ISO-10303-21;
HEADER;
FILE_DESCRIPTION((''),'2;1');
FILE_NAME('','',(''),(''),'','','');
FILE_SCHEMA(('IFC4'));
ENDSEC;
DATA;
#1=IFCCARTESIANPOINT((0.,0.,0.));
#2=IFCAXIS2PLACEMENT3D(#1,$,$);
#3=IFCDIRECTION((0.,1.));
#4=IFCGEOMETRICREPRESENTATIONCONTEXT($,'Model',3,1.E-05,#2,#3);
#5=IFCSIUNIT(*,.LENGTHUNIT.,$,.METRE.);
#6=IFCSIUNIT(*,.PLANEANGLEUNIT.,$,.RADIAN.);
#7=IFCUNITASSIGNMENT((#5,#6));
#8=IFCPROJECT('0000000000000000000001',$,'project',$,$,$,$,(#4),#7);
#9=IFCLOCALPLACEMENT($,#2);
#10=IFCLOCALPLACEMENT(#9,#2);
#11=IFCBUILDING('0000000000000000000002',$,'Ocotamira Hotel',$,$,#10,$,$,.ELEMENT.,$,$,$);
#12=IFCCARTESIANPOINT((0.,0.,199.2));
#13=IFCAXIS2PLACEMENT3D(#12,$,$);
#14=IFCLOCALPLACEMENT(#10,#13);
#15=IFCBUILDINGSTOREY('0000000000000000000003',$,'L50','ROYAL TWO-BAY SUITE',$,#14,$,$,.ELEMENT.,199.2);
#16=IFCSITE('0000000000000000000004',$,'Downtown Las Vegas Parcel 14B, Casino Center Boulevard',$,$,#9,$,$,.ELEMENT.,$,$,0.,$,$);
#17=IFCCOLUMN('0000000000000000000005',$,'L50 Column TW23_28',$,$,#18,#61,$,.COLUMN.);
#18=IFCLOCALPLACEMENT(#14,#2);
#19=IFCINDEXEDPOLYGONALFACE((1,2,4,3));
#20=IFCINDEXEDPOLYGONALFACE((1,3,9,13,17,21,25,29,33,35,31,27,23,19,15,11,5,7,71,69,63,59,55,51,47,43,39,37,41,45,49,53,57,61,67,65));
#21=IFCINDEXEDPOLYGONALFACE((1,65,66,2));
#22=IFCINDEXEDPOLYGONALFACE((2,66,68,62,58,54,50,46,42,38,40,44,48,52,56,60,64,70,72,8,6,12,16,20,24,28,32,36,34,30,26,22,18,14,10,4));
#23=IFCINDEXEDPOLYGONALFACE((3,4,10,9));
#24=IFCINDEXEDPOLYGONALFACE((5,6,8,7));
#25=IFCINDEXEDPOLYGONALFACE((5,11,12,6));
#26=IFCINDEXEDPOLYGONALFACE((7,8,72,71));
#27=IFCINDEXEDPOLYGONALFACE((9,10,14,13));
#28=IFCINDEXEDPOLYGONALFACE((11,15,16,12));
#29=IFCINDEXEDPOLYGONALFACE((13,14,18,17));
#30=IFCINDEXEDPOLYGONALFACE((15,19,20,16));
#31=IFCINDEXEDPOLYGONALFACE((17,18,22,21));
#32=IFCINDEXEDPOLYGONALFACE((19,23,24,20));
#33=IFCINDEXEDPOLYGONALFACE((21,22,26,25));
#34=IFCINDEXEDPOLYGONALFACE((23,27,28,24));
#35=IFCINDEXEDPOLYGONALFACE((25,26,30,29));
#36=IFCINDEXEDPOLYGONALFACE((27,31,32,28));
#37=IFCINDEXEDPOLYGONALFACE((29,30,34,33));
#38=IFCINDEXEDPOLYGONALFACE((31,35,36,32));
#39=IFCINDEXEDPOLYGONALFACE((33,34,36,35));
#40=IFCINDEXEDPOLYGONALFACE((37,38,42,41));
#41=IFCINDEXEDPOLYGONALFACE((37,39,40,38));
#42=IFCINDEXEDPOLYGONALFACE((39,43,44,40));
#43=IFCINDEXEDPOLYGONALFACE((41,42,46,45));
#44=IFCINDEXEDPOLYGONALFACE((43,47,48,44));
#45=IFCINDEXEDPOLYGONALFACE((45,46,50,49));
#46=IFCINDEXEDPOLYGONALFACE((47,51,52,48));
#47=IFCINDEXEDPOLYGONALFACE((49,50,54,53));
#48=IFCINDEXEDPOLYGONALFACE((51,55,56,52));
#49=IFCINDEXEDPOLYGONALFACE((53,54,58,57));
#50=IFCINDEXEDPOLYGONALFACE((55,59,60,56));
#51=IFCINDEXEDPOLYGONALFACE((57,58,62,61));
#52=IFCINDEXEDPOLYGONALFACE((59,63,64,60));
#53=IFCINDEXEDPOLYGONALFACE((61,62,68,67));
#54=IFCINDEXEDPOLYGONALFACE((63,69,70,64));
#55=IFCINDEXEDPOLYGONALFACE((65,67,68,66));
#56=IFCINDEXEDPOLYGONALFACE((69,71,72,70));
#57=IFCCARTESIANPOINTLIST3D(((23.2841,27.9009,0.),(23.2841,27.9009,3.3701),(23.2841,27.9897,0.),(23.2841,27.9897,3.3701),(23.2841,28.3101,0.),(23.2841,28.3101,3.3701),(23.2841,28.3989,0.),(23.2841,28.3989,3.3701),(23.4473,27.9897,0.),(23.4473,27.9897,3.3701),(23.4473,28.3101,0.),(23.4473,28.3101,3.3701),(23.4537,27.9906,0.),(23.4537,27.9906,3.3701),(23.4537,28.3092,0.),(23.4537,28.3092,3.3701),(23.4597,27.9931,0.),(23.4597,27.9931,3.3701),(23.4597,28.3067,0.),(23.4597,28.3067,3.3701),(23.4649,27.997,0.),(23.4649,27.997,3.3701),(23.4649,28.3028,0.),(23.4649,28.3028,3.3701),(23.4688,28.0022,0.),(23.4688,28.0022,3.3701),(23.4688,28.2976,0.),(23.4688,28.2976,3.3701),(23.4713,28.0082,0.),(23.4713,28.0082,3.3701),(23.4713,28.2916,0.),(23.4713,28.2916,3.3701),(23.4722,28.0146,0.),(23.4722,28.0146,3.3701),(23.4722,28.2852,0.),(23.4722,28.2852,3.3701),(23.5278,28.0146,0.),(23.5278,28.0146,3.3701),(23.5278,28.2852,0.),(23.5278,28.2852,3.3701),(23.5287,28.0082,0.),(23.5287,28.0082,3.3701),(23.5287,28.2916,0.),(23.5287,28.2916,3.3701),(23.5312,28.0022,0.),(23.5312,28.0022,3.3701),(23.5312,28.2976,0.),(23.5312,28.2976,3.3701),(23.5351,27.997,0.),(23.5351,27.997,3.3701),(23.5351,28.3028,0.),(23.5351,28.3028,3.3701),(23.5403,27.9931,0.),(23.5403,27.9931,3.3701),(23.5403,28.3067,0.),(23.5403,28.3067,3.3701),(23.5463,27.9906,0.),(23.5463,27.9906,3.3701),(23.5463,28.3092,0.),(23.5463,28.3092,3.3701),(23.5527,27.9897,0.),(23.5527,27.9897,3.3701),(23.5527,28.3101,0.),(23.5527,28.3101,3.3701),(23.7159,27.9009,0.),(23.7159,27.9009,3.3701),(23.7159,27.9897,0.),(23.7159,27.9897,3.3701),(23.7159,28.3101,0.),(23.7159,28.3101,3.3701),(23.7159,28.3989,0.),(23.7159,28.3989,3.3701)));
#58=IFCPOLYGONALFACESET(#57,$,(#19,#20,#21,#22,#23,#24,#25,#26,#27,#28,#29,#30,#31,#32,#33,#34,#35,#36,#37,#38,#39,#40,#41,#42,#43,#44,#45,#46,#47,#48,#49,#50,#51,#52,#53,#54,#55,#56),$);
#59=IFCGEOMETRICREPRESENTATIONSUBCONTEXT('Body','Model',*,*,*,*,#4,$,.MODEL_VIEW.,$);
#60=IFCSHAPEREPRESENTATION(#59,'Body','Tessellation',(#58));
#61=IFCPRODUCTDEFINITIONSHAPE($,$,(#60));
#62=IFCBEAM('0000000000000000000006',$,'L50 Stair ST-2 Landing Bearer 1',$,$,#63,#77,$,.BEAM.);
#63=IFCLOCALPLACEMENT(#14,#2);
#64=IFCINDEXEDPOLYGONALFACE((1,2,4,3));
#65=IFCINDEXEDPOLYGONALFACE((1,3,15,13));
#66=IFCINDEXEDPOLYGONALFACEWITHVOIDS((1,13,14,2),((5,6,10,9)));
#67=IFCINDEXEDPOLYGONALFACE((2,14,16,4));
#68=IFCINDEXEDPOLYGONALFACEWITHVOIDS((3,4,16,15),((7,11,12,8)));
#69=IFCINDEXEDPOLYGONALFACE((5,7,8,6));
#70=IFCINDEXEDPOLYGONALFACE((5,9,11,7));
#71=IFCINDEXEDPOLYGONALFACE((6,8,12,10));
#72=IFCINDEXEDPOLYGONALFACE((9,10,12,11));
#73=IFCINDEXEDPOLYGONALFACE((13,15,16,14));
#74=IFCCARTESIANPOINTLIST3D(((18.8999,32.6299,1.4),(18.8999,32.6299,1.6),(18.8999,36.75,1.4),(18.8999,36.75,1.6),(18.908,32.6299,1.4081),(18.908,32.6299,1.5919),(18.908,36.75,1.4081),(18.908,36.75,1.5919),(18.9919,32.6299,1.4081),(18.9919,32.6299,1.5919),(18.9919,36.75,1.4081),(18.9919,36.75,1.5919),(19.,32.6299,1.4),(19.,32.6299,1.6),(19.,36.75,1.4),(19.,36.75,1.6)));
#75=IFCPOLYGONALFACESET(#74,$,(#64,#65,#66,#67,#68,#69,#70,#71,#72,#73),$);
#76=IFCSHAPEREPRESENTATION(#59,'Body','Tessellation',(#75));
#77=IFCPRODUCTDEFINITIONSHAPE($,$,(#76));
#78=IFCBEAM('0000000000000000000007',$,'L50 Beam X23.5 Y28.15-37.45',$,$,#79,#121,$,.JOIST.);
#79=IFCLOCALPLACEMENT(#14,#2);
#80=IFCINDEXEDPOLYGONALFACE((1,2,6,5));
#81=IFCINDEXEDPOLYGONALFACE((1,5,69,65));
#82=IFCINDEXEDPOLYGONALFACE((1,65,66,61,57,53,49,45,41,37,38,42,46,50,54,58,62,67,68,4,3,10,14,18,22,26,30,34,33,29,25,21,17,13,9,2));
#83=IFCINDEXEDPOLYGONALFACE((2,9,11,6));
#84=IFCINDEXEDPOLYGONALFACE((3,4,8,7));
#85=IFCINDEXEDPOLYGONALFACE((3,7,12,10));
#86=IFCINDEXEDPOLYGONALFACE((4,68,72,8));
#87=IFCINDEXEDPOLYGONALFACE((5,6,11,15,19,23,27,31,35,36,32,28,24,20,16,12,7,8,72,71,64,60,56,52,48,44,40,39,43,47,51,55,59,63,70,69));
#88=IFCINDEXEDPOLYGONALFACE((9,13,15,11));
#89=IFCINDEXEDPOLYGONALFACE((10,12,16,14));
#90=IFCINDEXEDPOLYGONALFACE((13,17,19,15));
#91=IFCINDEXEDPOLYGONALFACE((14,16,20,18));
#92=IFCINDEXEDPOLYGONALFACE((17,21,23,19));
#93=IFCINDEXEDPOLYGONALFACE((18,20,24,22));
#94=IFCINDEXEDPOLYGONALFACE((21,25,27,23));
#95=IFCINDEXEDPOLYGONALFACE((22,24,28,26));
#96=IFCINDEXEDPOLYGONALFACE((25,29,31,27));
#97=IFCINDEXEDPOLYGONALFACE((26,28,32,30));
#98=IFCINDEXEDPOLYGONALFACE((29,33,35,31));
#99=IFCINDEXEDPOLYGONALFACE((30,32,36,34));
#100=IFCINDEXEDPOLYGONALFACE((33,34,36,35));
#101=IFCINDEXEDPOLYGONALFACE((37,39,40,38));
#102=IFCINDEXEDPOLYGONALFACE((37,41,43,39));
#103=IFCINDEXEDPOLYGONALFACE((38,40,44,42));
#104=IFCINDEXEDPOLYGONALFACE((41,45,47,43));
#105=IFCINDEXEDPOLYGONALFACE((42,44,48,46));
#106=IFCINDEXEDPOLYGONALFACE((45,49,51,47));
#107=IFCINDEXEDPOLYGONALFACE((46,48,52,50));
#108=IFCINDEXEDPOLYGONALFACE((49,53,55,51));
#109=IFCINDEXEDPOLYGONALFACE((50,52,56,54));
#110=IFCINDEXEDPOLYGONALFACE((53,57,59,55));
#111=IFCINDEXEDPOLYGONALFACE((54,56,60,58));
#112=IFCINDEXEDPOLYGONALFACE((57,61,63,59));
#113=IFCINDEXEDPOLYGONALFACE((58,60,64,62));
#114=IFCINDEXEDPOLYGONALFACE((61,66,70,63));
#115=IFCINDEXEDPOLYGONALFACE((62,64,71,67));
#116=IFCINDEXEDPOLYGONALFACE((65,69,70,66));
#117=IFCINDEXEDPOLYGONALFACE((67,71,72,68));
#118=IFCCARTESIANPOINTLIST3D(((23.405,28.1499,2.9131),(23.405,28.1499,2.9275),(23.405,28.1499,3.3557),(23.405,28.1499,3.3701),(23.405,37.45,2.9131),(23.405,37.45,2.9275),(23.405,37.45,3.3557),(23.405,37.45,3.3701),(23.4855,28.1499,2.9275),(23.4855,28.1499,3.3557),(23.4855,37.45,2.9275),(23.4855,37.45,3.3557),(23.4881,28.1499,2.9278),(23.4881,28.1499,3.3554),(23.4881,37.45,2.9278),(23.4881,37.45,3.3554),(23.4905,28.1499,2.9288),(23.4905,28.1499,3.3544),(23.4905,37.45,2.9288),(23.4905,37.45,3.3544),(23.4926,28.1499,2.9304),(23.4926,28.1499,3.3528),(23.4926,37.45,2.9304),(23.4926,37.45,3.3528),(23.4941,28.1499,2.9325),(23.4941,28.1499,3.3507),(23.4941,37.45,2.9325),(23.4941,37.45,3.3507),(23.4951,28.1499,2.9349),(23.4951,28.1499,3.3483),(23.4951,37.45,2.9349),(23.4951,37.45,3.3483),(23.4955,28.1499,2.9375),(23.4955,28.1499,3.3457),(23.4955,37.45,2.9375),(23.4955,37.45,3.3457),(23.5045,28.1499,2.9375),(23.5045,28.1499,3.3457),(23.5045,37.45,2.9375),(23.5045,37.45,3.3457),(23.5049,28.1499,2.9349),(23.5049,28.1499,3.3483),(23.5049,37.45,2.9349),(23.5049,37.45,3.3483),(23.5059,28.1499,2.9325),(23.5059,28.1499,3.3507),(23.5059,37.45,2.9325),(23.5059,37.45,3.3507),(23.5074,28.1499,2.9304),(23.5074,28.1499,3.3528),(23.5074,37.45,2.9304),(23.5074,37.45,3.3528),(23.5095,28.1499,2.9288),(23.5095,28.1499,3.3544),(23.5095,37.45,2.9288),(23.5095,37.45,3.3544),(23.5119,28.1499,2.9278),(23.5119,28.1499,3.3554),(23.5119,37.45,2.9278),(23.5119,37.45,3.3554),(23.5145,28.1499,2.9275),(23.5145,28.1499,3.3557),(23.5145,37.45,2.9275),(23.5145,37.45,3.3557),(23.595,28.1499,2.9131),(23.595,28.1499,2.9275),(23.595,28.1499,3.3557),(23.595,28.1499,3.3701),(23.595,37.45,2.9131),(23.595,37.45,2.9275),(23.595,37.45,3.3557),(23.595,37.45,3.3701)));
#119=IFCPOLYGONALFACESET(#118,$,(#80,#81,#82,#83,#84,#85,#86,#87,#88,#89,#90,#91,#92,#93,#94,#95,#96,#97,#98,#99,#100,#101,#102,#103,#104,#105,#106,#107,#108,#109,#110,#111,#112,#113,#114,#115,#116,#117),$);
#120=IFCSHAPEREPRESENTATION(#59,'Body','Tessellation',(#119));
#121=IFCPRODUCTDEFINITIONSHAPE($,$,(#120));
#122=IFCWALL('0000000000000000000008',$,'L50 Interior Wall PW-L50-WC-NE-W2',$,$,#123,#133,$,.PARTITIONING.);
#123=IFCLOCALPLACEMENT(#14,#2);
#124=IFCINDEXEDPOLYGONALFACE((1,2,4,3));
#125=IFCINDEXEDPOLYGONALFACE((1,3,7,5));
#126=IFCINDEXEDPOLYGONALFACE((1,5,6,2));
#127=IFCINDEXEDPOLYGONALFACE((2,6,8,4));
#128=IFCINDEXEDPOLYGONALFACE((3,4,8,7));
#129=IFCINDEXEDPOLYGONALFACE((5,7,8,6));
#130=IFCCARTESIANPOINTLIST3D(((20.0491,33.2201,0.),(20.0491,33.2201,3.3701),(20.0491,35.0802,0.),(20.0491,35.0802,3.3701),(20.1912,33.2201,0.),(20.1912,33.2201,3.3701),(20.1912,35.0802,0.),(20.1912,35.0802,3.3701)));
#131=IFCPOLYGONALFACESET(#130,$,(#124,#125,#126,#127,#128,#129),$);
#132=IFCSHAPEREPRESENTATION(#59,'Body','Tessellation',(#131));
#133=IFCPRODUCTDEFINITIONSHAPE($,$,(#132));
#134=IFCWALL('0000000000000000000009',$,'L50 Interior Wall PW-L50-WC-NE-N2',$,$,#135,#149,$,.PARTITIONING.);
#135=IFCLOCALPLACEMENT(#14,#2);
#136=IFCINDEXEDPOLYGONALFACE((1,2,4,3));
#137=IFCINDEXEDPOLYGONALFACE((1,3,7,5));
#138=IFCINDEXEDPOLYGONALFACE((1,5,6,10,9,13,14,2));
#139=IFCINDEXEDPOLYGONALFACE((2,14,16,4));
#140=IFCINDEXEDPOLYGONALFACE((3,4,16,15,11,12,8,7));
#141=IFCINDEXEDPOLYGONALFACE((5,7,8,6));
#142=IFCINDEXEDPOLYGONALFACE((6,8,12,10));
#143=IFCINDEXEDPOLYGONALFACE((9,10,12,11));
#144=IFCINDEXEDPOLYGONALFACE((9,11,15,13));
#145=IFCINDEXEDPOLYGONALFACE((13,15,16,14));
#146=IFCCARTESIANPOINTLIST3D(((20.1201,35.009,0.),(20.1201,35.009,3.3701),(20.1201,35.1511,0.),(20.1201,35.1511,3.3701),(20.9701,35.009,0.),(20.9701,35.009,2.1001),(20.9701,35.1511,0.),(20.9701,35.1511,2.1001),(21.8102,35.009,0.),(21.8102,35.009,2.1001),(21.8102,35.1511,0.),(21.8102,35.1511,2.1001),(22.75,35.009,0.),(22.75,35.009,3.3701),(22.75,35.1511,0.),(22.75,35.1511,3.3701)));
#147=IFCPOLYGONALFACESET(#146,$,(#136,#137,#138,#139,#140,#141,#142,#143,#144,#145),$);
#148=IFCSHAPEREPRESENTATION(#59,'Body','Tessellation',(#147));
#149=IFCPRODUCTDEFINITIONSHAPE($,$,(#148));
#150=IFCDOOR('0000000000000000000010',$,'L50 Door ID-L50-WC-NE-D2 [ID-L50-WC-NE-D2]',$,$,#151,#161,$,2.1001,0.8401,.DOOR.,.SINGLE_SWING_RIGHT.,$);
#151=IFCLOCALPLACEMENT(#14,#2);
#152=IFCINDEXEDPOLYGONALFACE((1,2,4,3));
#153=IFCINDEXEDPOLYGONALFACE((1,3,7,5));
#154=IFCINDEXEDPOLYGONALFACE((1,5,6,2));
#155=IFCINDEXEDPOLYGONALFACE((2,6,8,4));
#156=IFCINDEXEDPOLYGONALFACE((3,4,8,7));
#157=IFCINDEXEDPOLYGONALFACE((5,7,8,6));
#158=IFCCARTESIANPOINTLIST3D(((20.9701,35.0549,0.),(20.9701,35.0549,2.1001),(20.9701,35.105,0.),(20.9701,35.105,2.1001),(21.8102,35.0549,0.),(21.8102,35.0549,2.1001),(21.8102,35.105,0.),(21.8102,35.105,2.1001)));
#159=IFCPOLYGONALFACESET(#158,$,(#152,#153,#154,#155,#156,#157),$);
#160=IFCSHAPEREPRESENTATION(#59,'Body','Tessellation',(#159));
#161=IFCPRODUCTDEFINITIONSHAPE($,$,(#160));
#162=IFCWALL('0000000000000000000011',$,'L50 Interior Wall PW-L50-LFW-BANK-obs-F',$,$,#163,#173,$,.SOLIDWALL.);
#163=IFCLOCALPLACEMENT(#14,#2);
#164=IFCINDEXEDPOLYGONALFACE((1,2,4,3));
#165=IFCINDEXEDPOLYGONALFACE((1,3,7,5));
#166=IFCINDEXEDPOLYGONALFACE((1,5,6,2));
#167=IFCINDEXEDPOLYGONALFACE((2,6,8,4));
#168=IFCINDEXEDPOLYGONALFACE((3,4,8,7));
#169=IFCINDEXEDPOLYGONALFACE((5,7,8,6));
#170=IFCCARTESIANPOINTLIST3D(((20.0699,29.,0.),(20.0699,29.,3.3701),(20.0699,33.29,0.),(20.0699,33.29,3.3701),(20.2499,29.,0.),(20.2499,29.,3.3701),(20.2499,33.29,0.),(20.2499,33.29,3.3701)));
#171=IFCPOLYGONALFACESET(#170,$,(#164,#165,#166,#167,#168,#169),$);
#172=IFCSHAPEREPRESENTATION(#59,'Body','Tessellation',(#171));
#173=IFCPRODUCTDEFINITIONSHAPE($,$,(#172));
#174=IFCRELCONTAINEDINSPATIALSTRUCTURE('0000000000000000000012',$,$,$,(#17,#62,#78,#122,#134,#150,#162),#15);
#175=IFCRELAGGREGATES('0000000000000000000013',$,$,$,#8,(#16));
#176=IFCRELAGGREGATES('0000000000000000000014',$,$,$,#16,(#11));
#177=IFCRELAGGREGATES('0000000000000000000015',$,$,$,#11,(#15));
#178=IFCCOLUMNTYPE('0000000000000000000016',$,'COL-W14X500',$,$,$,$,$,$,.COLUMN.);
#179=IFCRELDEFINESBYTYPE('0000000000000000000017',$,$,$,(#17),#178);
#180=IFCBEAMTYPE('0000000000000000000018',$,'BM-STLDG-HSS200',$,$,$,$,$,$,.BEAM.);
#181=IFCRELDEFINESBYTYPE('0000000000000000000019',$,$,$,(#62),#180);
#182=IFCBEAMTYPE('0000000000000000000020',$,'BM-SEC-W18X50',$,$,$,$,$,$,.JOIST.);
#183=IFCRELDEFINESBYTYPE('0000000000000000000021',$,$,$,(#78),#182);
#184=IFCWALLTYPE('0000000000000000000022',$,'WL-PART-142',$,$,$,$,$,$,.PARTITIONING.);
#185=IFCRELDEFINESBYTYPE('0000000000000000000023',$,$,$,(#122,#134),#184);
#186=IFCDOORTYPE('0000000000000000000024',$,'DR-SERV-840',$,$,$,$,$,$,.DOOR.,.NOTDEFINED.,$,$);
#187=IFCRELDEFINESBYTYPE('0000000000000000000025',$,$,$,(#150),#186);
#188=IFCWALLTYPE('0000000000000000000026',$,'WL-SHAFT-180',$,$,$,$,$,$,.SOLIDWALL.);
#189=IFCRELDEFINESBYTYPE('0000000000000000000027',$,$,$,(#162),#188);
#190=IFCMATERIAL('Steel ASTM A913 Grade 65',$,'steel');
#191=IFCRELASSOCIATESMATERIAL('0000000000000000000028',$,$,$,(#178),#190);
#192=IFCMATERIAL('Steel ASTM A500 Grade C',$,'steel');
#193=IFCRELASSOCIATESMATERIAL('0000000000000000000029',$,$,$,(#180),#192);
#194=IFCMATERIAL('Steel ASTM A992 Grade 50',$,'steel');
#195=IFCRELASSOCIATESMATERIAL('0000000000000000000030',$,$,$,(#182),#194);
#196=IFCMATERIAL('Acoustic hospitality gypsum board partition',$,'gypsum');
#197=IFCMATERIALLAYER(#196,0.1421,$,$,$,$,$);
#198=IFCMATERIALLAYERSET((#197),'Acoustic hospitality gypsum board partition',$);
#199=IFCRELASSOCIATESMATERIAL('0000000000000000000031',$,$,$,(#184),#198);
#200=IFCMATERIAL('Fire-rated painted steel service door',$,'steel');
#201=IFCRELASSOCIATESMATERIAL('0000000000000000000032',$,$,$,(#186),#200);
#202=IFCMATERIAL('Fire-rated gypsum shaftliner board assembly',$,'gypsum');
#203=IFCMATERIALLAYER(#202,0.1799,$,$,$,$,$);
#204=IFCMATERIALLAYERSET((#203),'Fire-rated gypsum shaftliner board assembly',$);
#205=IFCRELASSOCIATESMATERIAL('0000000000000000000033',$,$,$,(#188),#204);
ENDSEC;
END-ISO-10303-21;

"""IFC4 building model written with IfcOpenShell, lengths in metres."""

from ifc_helpers import new_model, si_unit, direction, frame, frame_2d, origin, origin_2d, place, context, subcontext, project, spatial, rectangle, hollow_rectangle, i_section, extrude, source, transform, mapped, material, layer, layer_set, material_profile, profile_set, type_object, element, fill, save


model = new_model("IFC4")

# Units and contexts
model_context = context("Model", 3, precision=1e-05, world=origin(), true_north=direction((0.0, 1.0)))
body_context = subcontext(model_context, "Body", "Model", "MODEL_VIEW")
ifc_project = project(units=[si_unit("LENGTHUNIT", "METRE"), si_unit("PLANEANGLEUNIT", "RADIAN")], contexts=[model_context])

# Site, building, storey
site_placement = place(None, origin())
site = spatial("IfcSite", under=ifc_project, at=site_placement, Name="Downtown Las Vegas Parcel 14B, Casino Center Boulevard", CompositionType="ELEMENT", RefElevation=0.0)
building_placement = place(site_placement, origin())
building = spatial("IfcBuilding", under=site, at=building_placement, Name="Ocotamira Hotel", CompositionType="ELEMENT")
storey_placement = place(building_placement, frame((0.0, 0.0, 199.2)))
storey = spatial("IfcBuildingStorey", under=building, at=storey_placement, Name="L50", Description="ROYAL TWO-BAY SUITE", CompositionType="ELEMENT", Elevation=199.2)

# Column
ifc_material_1 = material(Name="Steel ASTM A913 Grade 65", Category="steel")
ifc_material_profile_1 = material_profile(ifc_material_1, i_section(OverallWidth=0.4319, OverallDepth=0.498, WebThickness=0.0557, FlangeThickness=0.0889, FilletRadius=0.0249, at=origin_2d()), Name="W14X500")
ifc_profile_set_1 = profile_set([ifc_material_profile_1], Name="Steel ASTM A913 Grade 65")
column_type = type_object("IfcColumnType", Name="COL-W14X500", PredefinedType="COLUMN", material=ifc_profile_set_1)
shared_shape_1 = source(origin(), body_context, "Body", "SweptSolid", [
    extrude(i_section(OverallWidth=0.4319, OverallDepth=0.498, WebThickness=0.0557, FlangeThickness=0.0889, FilletRadius=0.0249, at=origin_2d()), origin(), (0.0, 0.0, 1.0), 3.3701),
])
column_placement = place(storey_placement, frame((23.5, 28.1499, 0.0), z_axis=(0.0, 0.0, 1.0), x_axis=(1.0, 0.0, 0.0)))
element("IfcColumn", 1, at=column_placement, inside=storey, type_object=column_type, Name="L50 Column TW23_28", PredefinedType="COLUMN", context=body_context, shape_type="MappedRepresentation", body=[
    mapped(shared_shape_1, transform((0.0, 0.0, 0.0), scale=1.0)),
])

# Beams
ifc_material_2 = material(Name="Steel ASTM A500 Grade C", Category="steel")
ifc_material_profile_2 = material_profile(ifc_material_2, hollow_rectangle(XDim=0.1001, YDim=0.2, WallThickness=0.0081, at=origin_2d()), Name="HSS200X100X8")
ifc_profile_set_2 = profile_set([ifc_material_profile_2], Name="Steel ASTM A500 Grade C")
beam_type_1 = type_object("IfcBeamType", Name="BM-STLDG-HSS200", PredefinedType="BEAM", material=ifc_profile_set_2)
shared_shape_2 = source(origin(), body_context, "Body", "SweptSolid", [
    extrude(hollow_rectangle(XDim=0.1001, YDim=0.2, WallThickness=0.0081, at=origin_2d()), origin(), (0.0, 0.0, 1.0), 4.1201),
])
beam_1_placement = place(storey_placement, frame((18.95, 32.6299, 1.5), z_axis=(0.0, 1.0, 0.0), x_axis=(-1.0, 0.0, 0.0)))
element("IfcBeam", 2, at=beam_1_placement, inside=storey, type_object=beam_type_1, Name="L50 Stair ST-2 Landing Bearer 1", PredefinedType="BEAM", context=body_context, shape_type="MappedRepresentation", body=[
    mapped(shared_shape_2, transform((0.0, 0.0, 0.0), scale=1.0)),
])
ifc_material_3 = material(Name="Steel ASTM A992 Grade 50", Category="steel")
ifc_material_profile_3 = material_profile(ifc_material_3, i_section(OverallWidth=0.1899, OverallDepth=0.457, WebThickness=0.009, FlangeThickness=0.0144, FilletRadius=0.01, at=origin_2d()), Name="W18X50")
ifc_profile_set_3 = profile_set([ifc_material_profile_3], Name="Steel ASTM A992 Grade 50")
beam_type_2 = type_object("IfcBeamType", Name="BM-SEC-W18X50", PredefinedType="JOIST", material=ifc_profile_set_3)
shared_shape_3 = source(origin(), body_context, "Body", "SweptSolid", [
    extrude(i_section(OverallWidth=0.1899, OverallDepth=0.457, WebThickness=0.009, FlangeThickness=0.0144, FilletRadius=0.01, at=origin_2d()), origin(), (0.0, 0.0, 1.0), 9.3),
])
beam_2_placement = place(storey_placement, frame((23.5, 28.1499, 3.1416), z_axis=(0.0, 1.0, 0.0), x_axis=(-1.0, 0.0, 0.0)))
element("IfcBeam", 3, at=beam_2_placement, inside=storey, type_object=beam_type_2, Name="L50 Beam X23.5 Y28.15-37.45", PredefinedType="JOIST", context=body_context, shape_type="MappedRepresentation", body=[
    mapped(shared_shape_3, transform((0.0, 0.0, 0.0), scale=1.0)),
])

# Wall
ifc_material_4 = material(Name="Acoustic hospitality gypsum board partition", Category="gypsum")
ifc_layer_1 = layer(ifc_material_4, 0.1421)
ifc_layer_set_1 = layer_set([ifc_layer_1], Name="Acoustic hospitality gypsum board partition")
wall_type_1 = type_object("IfcWallType", Name="WL-PART-142", PredefinedType="PARTITIONING", material=ifc_layer_set_1)
wall_1_placement = place(storey_placement, frame((20.1201, 33.22, 0.0), z_axis=(0.0, 0.0, 1.0), x_axis=(0.0, 1.0, 0.0)))
element("IfcWall", 4, at=wall_1_placement, inside=storey, type_object=wall_type_1, Name="L50 Interior Wall PW-L50-WC-NE-W2", PredefinedType="PARTITIONING", context=body_context, shape_type="SweptSolid", body=[
    extrude(rectangle(XDim=1.8601, YDim=0.1421, at=frame_2d((0.9302, 0.0))), origin(), (0.0, 0.0, 1.0), 3.3701),
])

# Wall, opening, door
wall_2_placement = place(storey_placement, frame((20.1201, 35.0801, 0.0), z_axis=(0.0, 0.0, 1.0), x_axis=(1.0, 0.0, 0.0)))
wall_2 = element("IfcWall", 5, at=wall_2_placement, inside=storey, type_object=wall_type_1, Name="L50 Interior Wall PW-L50-WC-NE-N2", PredefinedType="PARTITIONING", context=body_context, shape_type="SweptSolid", body=[
    extrude(rectangle(XDim=2.6299, YDim=0.1421, at=frame_2d((1.3149, 0.0))), origin(), (0.0, 0.0, 1.0), 3.3701),
])
opening_1_placement = place(wall_2_placement, frame((0.8501, 0.0, 0.0)))
opening_1 = element("IfcOpeningElement", 6, at=opening_1_placement, cuts=wall_2, PredefinedType="OPENING", context=body_context, shape_type="SweptSolid", body=[
    extrude(rectangle(XDim=0.8401, YDim=2.1001, at=frame_2d((0.4199, 1.05))), frame((0.0, 0.0811, 0.0), z_axis=(0.0, -1.0, 0.0), x_axis=(1.0, 0.0, 0.0)), (0.0, 0.0, 1.0), 0.1621),
])
ifc_material_5 = material(Name="Fire-rated painted steel service door", Category="steel")
door_type_1 = type_object("IfcDoorType", Name="DR-SERV-840", OperationType="NOTDEFINED", PredefinedType="DOOR", material=ifc_material_5)
shared_shape_4 = source(origin(), body_context, "Body", "SweptSolid", [
    extrude(rectangle(XDim=0.8401, YDim=2.1001, at=frame_2d((0.4199, 1.05))), frame((0.0, 0.0249, 0.0), z_axis=(0.0, -1.0, 0.0), x_axis=(1.0, 0.0, 0.0)), (0.0, 0.0, 1.0), 0.05),
])
door_1_placement = place(opening_1_placement, origin())
door_1 = element("IfcDoor", 7, at=door_1_placement, inside=storey, type_object=door_type_1, Name="L50 Door ID-L50-WC-NE-D2 [ID-L50-WC-NE-D2]", OperationType="SINGLE_SWING_RIGHT", OverallHeight=2.1001, OverallWidth=0.8401, PredefinedType="DOOR", context=body_context, shape_type="MappedRepresentation", body=[
    mapped(shared_shape_4, transform((0.0, 0.0, 0.0), scale=1.0)),
])
fill(opening_1, door_1)

# Wall
ifc_material_6 = material(Name="Fire-rated gypsum shaftliner board assembly", Category="gypsum")
ifc_layer_2 = layer(ifc_material_6, 0.1799)
ifc_layer_set_2 = layer_set([ifc_layer_2], Name="Fire-rated gypsum shaftliner board assembly")
wall_type_2 = type_object("IfcWallType", Name="WL-SHAFT-180", PredefinedType="SOLIDWALL", material=ifc_layer_set_2)
wall_3_placement = place(storey_placement, frame((20.1599, 29.0, 0.0), z_axis=(0.0, 0.0, 1.0), x_axis=(0.0, 1.0, 0.0)))
element("IfcWall", 8, at=wall_3_placement, inside=storey, type_object=wall_type_2, Name="L50 Interior Wall PW-L50-LFW-BANK-obs-F", PredefinedType="SOLIDWALL", context=body_context, shape_type="SweptSolid", body=[
    extrude(rectangle(XDim=4.29, YDim=0.1799, at=frame_2d((2.145, 0.0))), origin(), (0.0, 0.0, 1.0), 3.3701),
])

save(model, "model.ifc")
